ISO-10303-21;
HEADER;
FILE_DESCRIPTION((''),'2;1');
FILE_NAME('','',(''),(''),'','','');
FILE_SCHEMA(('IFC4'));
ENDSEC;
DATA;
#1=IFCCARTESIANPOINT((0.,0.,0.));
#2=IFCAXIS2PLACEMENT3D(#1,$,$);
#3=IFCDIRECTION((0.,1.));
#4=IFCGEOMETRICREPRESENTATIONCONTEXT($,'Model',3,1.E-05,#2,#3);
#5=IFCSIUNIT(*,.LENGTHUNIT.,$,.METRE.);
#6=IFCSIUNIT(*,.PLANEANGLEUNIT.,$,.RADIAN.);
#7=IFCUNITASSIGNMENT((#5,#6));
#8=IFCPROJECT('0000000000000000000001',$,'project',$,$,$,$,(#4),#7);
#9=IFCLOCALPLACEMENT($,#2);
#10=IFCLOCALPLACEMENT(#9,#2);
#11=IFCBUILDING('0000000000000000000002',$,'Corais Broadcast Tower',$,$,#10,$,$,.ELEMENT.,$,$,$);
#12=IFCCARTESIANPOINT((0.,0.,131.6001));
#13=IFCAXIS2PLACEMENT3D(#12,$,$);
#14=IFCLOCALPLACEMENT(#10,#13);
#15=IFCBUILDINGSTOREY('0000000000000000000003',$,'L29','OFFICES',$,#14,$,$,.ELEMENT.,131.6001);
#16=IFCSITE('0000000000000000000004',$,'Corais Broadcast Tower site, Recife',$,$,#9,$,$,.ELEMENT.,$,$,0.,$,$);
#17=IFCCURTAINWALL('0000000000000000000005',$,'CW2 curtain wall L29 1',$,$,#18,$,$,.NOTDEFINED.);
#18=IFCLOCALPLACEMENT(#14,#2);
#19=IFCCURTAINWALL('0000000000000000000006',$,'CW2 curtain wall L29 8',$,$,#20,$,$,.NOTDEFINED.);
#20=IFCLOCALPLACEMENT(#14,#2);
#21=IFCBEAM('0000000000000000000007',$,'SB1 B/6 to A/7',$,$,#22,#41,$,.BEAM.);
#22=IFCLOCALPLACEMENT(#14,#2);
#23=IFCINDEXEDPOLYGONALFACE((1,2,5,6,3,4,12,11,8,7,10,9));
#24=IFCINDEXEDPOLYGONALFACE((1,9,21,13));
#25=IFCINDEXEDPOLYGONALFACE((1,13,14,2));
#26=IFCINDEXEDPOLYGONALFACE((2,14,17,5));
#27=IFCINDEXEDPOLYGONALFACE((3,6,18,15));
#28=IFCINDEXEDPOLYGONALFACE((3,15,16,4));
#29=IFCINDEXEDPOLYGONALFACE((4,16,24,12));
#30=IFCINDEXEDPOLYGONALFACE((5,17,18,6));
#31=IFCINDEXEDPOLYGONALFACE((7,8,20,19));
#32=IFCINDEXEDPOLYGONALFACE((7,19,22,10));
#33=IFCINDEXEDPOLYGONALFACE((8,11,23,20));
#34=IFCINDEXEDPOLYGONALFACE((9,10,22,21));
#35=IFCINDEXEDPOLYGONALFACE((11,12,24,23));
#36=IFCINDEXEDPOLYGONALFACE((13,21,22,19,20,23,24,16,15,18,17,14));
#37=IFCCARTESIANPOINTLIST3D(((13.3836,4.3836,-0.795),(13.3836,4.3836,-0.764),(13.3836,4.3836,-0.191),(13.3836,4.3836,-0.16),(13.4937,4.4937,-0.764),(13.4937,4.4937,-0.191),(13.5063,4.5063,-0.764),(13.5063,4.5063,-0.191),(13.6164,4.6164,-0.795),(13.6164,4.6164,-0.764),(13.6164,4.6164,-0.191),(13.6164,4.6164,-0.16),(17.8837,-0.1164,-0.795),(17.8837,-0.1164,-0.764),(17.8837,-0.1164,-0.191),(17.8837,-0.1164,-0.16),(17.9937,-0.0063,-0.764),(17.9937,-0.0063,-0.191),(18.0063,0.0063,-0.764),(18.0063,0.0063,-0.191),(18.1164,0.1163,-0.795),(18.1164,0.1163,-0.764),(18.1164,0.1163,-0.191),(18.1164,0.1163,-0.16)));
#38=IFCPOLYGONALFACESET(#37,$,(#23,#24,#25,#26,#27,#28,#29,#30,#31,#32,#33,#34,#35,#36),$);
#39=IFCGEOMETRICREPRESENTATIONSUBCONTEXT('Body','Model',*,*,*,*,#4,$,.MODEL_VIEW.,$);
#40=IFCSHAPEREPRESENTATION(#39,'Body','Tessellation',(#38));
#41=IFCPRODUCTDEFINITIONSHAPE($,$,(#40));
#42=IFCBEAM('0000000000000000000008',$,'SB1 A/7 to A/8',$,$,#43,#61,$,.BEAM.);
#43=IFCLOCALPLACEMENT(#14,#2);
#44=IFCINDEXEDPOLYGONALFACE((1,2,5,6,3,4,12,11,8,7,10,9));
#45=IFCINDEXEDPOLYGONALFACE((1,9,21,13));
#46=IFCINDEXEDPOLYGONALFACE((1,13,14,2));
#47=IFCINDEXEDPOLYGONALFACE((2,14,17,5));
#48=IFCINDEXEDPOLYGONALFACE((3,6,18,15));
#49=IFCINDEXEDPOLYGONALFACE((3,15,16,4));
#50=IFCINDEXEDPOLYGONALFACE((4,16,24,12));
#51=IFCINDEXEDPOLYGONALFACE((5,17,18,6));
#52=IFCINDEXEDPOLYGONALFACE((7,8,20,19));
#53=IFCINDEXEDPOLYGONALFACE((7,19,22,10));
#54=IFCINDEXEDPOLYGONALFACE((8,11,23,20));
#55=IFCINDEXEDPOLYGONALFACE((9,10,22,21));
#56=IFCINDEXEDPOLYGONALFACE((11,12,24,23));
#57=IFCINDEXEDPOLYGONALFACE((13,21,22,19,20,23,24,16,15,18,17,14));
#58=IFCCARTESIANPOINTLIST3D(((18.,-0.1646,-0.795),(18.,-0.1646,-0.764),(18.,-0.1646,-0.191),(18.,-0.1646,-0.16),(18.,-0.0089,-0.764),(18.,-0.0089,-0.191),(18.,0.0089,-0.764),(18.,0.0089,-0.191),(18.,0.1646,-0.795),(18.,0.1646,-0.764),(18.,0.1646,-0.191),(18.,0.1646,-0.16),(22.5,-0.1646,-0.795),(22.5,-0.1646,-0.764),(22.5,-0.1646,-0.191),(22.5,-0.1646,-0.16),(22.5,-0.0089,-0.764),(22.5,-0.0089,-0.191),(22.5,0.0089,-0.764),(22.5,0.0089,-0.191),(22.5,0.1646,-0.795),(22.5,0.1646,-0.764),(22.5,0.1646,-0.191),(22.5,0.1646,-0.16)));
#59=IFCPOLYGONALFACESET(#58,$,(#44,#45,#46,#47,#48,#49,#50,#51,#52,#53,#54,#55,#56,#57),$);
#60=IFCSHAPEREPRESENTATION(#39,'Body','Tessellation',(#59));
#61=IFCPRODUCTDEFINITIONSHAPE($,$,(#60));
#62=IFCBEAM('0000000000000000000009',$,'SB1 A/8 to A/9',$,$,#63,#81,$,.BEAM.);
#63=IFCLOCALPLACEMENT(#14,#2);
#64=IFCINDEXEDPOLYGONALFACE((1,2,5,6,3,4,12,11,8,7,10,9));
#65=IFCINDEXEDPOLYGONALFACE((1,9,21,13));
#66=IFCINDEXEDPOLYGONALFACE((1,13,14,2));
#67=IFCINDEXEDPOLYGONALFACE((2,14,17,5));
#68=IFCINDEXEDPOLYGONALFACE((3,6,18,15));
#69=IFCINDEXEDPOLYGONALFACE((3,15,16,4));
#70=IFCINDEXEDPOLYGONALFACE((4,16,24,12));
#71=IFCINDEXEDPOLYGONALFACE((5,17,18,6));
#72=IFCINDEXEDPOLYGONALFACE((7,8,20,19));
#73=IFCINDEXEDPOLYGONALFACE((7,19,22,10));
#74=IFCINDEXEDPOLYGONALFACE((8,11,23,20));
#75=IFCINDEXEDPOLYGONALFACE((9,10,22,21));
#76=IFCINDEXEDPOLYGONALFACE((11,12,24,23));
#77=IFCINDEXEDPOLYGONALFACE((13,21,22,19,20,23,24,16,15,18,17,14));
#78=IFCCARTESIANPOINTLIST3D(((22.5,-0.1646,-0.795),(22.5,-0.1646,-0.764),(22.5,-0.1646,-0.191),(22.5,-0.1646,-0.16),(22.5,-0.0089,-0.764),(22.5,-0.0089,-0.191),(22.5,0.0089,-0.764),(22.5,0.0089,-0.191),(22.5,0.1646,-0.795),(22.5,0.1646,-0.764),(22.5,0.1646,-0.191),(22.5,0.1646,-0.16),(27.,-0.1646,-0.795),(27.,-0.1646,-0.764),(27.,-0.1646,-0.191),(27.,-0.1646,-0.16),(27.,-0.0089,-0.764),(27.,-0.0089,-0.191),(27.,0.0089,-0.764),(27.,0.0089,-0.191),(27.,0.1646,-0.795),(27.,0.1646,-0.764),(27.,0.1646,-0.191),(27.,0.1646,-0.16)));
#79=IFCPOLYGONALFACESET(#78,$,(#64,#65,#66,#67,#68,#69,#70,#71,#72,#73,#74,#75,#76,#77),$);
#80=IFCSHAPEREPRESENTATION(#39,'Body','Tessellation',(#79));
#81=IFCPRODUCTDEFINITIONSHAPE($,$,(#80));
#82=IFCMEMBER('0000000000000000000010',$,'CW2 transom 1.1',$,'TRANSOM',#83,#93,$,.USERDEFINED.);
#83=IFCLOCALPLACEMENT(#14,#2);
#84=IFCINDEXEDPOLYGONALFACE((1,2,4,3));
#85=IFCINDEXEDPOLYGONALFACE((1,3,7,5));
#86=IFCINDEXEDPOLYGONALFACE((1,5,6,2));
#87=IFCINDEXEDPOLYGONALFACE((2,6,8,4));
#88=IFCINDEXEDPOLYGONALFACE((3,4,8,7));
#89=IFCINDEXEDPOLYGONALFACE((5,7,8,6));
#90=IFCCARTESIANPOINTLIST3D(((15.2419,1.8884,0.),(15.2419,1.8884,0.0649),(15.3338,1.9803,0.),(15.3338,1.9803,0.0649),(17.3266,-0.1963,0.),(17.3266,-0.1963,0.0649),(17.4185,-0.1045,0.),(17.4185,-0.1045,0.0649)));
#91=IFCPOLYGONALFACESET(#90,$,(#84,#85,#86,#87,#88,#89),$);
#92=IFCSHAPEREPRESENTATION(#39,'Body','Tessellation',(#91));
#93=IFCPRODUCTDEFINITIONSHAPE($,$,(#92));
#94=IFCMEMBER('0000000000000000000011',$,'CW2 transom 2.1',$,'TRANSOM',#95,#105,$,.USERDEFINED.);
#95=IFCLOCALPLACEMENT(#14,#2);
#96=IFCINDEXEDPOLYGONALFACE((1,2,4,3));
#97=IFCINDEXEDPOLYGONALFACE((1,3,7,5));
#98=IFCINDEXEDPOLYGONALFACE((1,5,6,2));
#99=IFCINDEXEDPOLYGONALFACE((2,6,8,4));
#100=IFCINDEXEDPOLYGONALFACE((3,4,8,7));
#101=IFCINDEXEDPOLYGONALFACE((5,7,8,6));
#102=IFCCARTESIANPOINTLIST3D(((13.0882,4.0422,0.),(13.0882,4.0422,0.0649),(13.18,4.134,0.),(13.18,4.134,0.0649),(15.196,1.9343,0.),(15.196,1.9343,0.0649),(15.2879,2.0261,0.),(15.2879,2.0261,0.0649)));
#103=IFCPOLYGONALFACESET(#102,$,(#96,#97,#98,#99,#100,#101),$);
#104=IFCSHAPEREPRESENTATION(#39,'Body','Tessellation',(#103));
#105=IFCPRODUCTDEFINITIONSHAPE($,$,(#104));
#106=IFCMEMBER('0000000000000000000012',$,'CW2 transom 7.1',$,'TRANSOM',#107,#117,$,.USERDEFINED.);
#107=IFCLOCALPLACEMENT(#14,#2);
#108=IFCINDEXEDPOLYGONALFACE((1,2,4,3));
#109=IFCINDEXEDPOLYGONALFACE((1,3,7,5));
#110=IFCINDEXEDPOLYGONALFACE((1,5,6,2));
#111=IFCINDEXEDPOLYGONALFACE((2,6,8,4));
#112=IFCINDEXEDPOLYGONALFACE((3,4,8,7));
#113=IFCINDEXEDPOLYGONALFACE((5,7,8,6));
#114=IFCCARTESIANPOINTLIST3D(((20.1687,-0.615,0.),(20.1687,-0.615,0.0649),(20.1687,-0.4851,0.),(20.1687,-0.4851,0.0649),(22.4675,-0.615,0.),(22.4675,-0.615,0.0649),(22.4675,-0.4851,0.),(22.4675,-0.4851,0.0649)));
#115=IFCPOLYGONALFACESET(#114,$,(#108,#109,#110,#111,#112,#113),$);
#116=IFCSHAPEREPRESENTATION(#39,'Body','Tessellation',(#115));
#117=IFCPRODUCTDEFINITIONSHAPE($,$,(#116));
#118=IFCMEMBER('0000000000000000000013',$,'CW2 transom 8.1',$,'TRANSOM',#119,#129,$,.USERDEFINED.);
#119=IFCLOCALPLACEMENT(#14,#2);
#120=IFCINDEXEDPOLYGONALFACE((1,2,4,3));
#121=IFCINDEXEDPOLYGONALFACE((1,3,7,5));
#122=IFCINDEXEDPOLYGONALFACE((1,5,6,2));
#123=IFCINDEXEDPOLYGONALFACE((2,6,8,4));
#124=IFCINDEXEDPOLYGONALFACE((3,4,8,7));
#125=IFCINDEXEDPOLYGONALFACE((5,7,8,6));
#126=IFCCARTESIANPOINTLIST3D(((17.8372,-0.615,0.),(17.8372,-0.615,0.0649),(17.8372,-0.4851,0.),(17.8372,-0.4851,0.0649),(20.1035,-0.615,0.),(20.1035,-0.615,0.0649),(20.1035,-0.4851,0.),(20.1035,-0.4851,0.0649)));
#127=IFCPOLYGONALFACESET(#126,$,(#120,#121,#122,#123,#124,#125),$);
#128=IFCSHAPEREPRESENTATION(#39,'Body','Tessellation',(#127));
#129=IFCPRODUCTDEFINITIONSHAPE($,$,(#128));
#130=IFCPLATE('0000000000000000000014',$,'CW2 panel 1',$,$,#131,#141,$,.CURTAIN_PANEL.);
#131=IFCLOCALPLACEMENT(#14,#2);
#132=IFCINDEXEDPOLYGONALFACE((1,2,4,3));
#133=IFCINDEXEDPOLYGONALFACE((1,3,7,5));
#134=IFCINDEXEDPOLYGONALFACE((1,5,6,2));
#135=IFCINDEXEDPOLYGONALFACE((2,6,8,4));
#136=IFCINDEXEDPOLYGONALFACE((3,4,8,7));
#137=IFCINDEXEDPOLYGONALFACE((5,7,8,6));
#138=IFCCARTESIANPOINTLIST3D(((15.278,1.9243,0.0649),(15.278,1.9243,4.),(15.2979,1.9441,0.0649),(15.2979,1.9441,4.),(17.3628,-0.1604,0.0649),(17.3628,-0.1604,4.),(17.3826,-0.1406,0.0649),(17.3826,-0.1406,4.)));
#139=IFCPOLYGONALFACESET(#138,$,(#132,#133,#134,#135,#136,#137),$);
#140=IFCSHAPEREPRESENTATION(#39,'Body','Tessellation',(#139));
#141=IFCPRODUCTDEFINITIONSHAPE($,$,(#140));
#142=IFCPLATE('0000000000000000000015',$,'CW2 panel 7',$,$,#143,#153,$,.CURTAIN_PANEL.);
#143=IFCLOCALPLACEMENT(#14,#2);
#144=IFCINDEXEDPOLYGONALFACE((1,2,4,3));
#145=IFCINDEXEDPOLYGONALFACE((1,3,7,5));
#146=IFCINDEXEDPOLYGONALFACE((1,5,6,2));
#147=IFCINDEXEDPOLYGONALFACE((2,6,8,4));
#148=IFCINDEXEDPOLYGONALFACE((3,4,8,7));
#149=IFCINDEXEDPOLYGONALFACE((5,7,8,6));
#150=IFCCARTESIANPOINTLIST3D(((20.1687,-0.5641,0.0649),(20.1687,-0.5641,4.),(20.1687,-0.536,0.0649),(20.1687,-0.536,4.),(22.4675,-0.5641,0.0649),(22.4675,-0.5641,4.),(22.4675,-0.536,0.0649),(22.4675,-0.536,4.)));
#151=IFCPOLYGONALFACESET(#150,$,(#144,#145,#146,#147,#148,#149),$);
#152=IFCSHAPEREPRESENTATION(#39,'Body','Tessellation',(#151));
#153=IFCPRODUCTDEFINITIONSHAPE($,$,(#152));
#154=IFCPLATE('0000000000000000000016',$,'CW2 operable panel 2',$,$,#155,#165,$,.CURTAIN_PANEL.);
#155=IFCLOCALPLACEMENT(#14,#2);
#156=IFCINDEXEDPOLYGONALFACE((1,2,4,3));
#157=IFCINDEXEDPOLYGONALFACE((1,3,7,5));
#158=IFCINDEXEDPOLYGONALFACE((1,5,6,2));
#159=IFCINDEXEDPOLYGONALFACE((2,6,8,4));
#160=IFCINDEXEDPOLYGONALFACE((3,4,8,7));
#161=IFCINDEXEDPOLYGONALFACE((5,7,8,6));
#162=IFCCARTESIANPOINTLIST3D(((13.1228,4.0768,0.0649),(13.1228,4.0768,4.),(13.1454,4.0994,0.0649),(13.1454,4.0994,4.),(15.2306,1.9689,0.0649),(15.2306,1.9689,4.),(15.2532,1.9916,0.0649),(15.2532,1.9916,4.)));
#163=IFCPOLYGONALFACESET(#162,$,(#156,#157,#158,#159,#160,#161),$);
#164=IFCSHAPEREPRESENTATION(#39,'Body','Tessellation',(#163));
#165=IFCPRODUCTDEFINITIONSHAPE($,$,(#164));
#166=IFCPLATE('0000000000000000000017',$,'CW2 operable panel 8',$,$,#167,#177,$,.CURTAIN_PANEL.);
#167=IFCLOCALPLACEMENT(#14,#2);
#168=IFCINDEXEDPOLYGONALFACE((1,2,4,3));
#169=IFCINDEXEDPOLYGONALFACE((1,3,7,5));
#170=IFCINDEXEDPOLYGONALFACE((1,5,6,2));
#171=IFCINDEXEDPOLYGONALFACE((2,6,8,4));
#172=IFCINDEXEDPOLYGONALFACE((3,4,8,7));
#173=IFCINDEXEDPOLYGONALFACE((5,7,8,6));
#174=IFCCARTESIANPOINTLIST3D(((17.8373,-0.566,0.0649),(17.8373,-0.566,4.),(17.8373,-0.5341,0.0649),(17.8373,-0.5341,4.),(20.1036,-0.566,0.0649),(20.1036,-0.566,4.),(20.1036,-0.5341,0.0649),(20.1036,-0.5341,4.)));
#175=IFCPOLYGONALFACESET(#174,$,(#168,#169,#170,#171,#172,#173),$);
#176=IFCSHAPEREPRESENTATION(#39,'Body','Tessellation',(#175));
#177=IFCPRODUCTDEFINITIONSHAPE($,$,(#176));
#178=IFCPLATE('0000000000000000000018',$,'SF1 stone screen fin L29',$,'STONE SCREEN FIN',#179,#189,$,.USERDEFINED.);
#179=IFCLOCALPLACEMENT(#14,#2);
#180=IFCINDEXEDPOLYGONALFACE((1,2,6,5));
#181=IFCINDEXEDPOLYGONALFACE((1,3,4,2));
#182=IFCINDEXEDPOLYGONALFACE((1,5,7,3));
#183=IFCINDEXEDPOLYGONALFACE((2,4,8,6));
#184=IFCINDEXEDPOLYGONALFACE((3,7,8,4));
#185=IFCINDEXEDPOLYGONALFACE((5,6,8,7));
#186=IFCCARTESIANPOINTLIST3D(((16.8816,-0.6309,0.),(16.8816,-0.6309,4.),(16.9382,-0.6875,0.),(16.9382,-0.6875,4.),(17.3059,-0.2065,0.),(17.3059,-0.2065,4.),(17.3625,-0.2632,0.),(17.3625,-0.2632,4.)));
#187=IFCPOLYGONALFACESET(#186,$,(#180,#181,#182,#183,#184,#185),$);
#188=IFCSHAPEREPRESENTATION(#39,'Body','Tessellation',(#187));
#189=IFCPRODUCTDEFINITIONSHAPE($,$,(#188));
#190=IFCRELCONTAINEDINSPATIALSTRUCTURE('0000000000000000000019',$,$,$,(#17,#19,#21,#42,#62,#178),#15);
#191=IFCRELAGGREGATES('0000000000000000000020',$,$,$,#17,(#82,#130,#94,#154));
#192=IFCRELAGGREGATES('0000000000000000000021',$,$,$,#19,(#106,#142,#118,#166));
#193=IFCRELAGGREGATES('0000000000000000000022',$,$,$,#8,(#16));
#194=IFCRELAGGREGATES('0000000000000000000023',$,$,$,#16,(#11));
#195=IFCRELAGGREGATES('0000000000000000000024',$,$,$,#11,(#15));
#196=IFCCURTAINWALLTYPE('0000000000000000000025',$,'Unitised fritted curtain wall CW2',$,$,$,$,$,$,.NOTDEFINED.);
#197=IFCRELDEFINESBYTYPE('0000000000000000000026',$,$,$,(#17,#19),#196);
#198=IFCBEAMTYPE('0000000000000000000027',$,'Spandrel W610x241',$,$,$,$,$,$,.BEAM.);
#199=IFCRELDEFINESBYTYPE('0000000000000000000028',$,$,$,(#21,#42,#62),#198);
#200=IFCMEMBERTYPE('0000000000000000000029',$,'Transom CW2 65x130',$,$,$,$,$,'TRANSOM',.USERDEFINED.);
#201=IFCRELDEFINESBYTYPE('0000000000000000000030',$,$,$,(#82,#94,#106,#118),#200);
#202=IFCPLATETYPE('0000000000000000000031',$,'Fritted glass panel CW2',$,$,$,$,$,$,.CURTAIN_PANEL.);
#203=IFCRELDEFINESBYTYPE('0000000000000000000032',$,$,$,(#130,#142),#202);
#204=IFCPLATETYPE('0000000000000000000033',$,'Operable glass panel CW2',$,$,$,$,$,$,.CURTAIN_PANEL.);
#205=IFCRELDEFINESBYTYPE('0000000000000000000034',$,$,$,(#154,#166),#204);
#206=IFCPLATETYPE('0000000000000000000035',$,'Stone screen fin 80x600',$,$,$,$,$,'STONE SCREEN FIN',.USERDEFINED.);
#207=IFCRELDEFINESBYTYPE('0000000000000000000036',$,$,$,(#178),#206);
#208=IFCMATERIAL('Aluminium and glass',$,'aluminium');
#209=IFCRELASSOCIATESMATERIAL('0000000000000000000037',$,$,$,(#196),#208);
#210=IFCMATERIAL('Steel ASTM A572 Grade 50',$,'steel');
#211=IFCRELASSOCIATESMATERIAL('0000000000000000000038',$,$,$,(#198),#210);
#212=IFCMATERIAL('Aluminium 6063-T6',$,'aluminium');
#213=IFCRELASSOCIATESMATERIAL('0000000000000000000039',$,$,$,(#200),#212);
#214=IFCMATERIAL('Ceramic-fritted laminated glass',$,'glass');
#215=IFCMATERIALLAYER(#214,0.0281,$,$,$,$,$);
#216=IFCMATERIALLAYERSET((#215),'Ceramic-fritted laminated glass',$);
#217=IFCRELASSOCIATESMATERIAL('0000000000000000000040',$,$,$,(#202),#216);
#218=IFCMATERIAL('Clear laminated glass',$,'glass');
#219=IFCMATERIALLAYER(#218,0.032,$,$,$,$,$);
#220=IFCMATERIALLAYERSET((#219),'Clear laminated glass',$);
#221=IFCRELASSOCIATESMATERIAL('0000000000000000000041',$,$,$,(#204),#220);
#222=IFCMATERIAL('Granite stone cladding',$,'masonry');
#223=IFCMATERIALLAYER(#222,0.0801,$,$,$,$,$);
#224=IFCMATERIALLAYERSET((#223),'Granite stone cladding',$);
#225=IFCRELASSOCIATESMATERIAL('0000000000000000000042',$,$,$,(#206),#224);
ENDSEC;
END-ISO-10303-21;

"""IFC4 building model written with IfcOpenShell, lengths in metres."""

from ifc_helpers import new_model, si_unit, direction, frame, origin, origin_2d, place, context, subcontext, project, spatial, rectangle, i_section, extrude, material, layer, layer_set, material_profile, profile_set, type_object, element, aggregate, save


model = new_model("IFC4")

# Units and contexts
model_context = context("Model", 3, precision=1e-05, world=origin(), true_north=direction((0.0, 1.0)))
body_context = subcontext(model_context, "Body", "Model", "MODEL_VIEW")
ifc_project = project(units=[si_unit("LENGTHUNIT", "METRE"), si_unit("PLANEANGLEUNIT", "RADIAN")], contexts=[model_context])

# Site, building, storey
site_placement = place(None, origin())
site = spatial("IfcSite", under=ifc_project, at=site_placement, Name="Corais Broadcast Tower site, Recife", CompositionType="ELEMENT", RefElevation=0.0)
building_placement = place(site_placement, origin())
building = spatial("IfcBuilding", under=site, at=building_placement, Name="Corais Broadcast Tower", CompositionType="ELEMENT")
storey_placement = place(building_placement, frame((0.0, 0.0, 131.6001)))
storey = spatial("IfcBuildingStorey", under=building, at=storey_placement, Name="L29", Description="OFFICES", CompositionType="ELEMENT", Elevation=131.6001)

# Curtain walls
ifc_material_1 = material(Name="Aluminium and glass", Category="aluminium")
curtain_wall_type = type_object("IfcCurtainWallType", Name="Unitised fritted curtain wall CW2", PredefinedType="NOTDEFINED", material=ifc_material_1)
curtain_wall_1_placement = place(storey_placement, origin())
curtain_wall_1 = element("IfcCurtainWall", 1, at=curtain_wall_1_placement, inside=storey, type_object=curtain_wall_type, Name="CW2 curtain wall L29 1", PredefinedType="NOTDEFINED")
curtain_wall_2_placement = place(storey_placement, origin())
curtain_wall_2 = element("IfcCurtainWall", 2, at=curtain_wall_2_placement, inside=storey, type_object=curtain_wall_type, Name="CW2 curtain wall L29 8", PredefinedType="NOTDEFINED")

# Beams
ifc_material_2 = material(Name="Steel ASTM A572 Grade 50", Category="steel")
ifc_material_profile_1 = material_profile(ifc_material_2, i_section(OverallWidth=0.3291, OverallDepth=0.635, WebThickness=0.0178, FlangeThickness=0.031, at=origin_2d()), Name="W610x241")
ifc_profile_set_1 = profile_set([ifc_material_profile_1], Name="Steel ASTM A572 Grade 50")
beam_type_1 = type_object("IfcBeamType", Name="Spandrel W610x241", PredefinedType="BEAM", material=ifc_profile_set_1)
beam_1_placement = place(storey_placement, frame((13.5, 4.5, -0.4775), z_axis=(0.707107, -0.707107, 0.0), x_axis=(0.707107, 0.707107, 0.0)))
element("IfcBeam", 3, at=beam_1_placement, inside=storey, type_object=beam_type_1, Name="SB1 B/6 to A/7", PredefinedType="BEAM", context=body_context, shape_type="SweptSolid", body=[
    extrude(i_section(OverallWidth=0.3291, OverallDepth=0.635, WebThickness=0.0178, FlangeThickness=0.031, at=origin_2d()), origin(), (0.0, 0.0, 1.0), 6.364),
])
for number, where, z_axis, x_axis, name in (
    (4, (18.0, 0.0, -0.4775), (1.0, 0.0, 0.0), (0.0, 1.0, 0.0), "SB1 A/7 to A/8"),
    (5, (22.5, 0.0, -0.4775), (1.0, 0.0, 0.0), (0.0, 1.0, 0.0), "SB1 A/8 to A/9"),
):
    element("IfcBeam", number, at=place(storey_placement, frame(where, z_axis=z_axis, x_axis=x_axis)), inside=storey, type_object=beam_type_1, Name=name, PredefinedType="BEAM", context=body_context, shape_type="SweptSolid", body=[
        extrude(i_section(OverallWidth=0.3291, OverallDepth=0.635, WebThickness=0.0178, FlangeThickness=0.031, at=origin_2d()), origin(), (0.0, 0.0, 1.0), 4.5),
    ])

# Members
ifc_material_3 = material(Name="Aluminium 6063-T6", Category="aluminium")
ifc_material_profile_2 = material_profile(ifc_material_3, rectangle(XDim=0.1299, YDim=0.0649, at=origin_2d()), Name="Transom CW2 65x130")
ifc_profile_set_2 = profile_set([ifc_material_profile_2], Name="Aluminium 6063-T6")
member_type_1 = type_object("IfcMemberType", Name="Transom CW2 65x130", ElementType="TRANSOM", PredefinedType="USERDEFINED", material=ifc_profile_set_2)
member_1_placement = place(storey_placement, frame((17.3726, -0.1504, 0.0325), z_axis=(-0.707107, 0.707107, 0.0), x_axis=(-0.707107, -0.707107, 0.0)))
member_1 = element("IfcMember", 6, at=member_1_placement, type_object=member_type_1, Name="CW2 transom 1.1", ObjectType="TRANSOM", PredefinedType="USERDEFINED", context=body_context, shape_type="SweptSolid", body=[
    extrude(rectangle(XDim=0.1299, YDim=0.0649, at=origin_2d()), origin(), (0.0, 0.0, 1.0), 2.9482),
])
member_2_placement = place(storey_placement, frame((15.2419, 1.9802, 0.0325), z_axis=(-0.707107, 0.707107, 0.0), x_axis=(-0.707107, -0.707107, 0.0)))
member_2 = element("IfcMember", 7, at=member_2_placement, type_object=member_type_1, Name="CW2 transom 2.1", ObjectType="TRANSOM", PredefinedType="USERDEFINED", context=body_context, shape_type="SweptSolid", body=[
    extrude(rectangle(XDim=0.1299, YDim=0.0649, at=origin_2d()), origin(), (0.0, 0.0, 1.0), 2.981),
])
member_3_placement = place(storey_placement, frame((22.4675, -0.55, 0.0325), z_axis=(-1.0, 0.0, 0.0), x_axis=(0.0, -1.0, 0.0)))
member_3 = element("IfcMember", 8, at=member_3_placement, type_object=member_type_1, Name="CW2 transom 7.1", ObjectType="TRANSOM", PredefinedType="USERDEFINED", context=body_context, shape_type="SweptSolid", body=[
    extrude(rectangle(XDim=0.1299, YDim=0.0649, at=origin_2d()), origin(), (0.0, 0.0, 1.0), 2.2988),
])
member_4_placement = place(storey_placement, frame((20.1035, -0.55, 0.0325), z_axis=(-1.0, 0.0, 0.0), x_axis=(0.0, -1.0, 0.0)))
member_4 = element("IfcMember", 9, at=member_4_placement, type_object=member_type_1, Name="CW2 transom 8.1", ObjectType="TRANSOM", PredefinedType="USERDEFINED", context=body_context, shape_type="SweptSolid", body=[
    extrude(rectangle(XDim=0.1299, YDim=0.0649, at=origin_2d()), origin(), (0.0, 0.0, 1.0), 2.2664),
])

# Plates
ifc_material_4 = material(Name="Ceramic-fritted laminated glass", Category="glass")
ifc_layer_1 = layer(ifc_material_4, 0.0281)
ifc_layer_set_1 = layer_set([ifc_layer_1], Name="Ceramic-fritted laminated glass")
plate_type_1 = type_object("IfcPlateType", Name="Fritted glass panel CW2", PredefinedType="CURTAIN_PANEL", material=ifc_layer_set_1)
plate_1_placement = place(storey_placement, frame((16.3303, 0.8918, 0.0649), z_axis=(0.0, 0.0, 1.0), x_axis=(-0.707107, 0.707107, 0.0)))
plate_1 = element("IfcPlate", 10, at=plate_1_placement, type_object=plate_type_1, Name="CW2 panel 1", PredefinedType="CURTAIN_PANEL", context=body_context, shape_type="SweptSolid", body=[
    extrude(rectangle(XDim=2.9482, YDim=0.0281, at=origin_2d()), origin(), (0.0, 0.0, 1.0), 3.9351),
])
plate_2_placement = place(storey_placement, frame((21.3181, -0.55, 0.0649), z_axis=(0.0, 0.0, 1.0), x_axis=(-1.0, 0.0, 0.0)))
plate_2 = element("IfcPlate", 11, at=plate_2_placement, type_object=plate_type_1, Name="CW2 panel 7", PredefinedType="CURTAIN_PANEL", context=body_context, shape_type="SweptSolid", body=[
    extrude(rectangle(XDim=2.2988, YDim=0.0281, at=origin_2d()), origin(), (0.0, 0.0, 1.0), 3.9351),
])
ifc_material_5 = material(Name="Clear laminated glass", Category="glass")
ifc_layer_2 = layer(ifc_material_5, 0.032)
ifc_layer_set_2 = layer_set([ifc_layer_2], Name="Clear laminated glass")
plate_type_2 = type_object("IfcPlateType", Name="Operable glass panel CW2", PredefinedType="CURTAIN_PANEL", material=ifc_layer_set_2)
plate_3_placement = place(storey_placement, frame((14.188, 3.0342, 0.0649), z_axis=(0.0, 0.0, 1.0), x_axis=(-0.707107, 0.707107, 0.0)))
plate_3 = element("IfcPlate", 12, at=plate_3_placement, type_object=plate_type_2, Name="CW2 operable panel 2", PredefinedType="CURTAIN_PANEL", context=body_context, shape_type="SweptSolid", body=[
    extrude(rectangle(XDim=2.981, YDim=0.032, at=origin_2d()), origin(), (0.0, 0.0, 1.0), 3.9351),
])
aggregate(curtain_wall_1, [member_1, plate_1, member_2, plate_3])
plate_4_placement = place(storey_placement, frame((18.9705, -0.55, 0.0649), z_axis=(0.0, 0.0, 1.0), x_axis=(-1.0, 0.0, 0.0)))
plate_4 = element("IfcPlate", 13, at=plate_4_placement, type_object=plate_type_2, Name="CW2 operable panel 8", PredefinedType="CURTAIN_PANEL", context=body_context, shape_type="SweptSolid", body=[
    extrude(rectangle(XDim=2.2664, YDim=0.032, at=origin_2d()), origin(), (0.0, 0.0, 1.0), 3.9351),
])
aggregate(curtain_wall_2, [member_3, plate_2, member_4, plate_4])
ifc_material_6 = material(Name="Granite stone cladding", Category="masonry")
ifc_layer_3 = layer(ifc_material_6, 0.0801)
ifc_layer_set_3 = layer_set([ifc_layer_3], Name="Granite stone cladding")
plate_type_3 = type_object("IfcPlateType", Name="Stone screen fin 80x600", ElementType="STONE SCREEN FIN", PredefinedType="USERDEFINED", material=ifc_layer_set_3)
plate_5_placement = place(storey_placement, frame((17.1221, -0.447, 0.0), z_axis=(0.0, 0.0, 1.0), x_axis=(-0.707107, 0.707107, 0.0)))
element("IfcPlate", 14, at=plate_5_placement, inside=storey, type_object=plate_type_3, Name="SF1 stone screen fin L29", ObjectType="STONE SCREEN FIN", PredefinedType="USERDEFINED", context=body_context, shape_type="SweptSolid", body=[
    extrude(rectangle(XDim=0.0801, YDim=0.6001, at=origin_2d()), origin(), (0.0, 0.0, 1.0), 4.0),
])

save(model, "model.ifc")
